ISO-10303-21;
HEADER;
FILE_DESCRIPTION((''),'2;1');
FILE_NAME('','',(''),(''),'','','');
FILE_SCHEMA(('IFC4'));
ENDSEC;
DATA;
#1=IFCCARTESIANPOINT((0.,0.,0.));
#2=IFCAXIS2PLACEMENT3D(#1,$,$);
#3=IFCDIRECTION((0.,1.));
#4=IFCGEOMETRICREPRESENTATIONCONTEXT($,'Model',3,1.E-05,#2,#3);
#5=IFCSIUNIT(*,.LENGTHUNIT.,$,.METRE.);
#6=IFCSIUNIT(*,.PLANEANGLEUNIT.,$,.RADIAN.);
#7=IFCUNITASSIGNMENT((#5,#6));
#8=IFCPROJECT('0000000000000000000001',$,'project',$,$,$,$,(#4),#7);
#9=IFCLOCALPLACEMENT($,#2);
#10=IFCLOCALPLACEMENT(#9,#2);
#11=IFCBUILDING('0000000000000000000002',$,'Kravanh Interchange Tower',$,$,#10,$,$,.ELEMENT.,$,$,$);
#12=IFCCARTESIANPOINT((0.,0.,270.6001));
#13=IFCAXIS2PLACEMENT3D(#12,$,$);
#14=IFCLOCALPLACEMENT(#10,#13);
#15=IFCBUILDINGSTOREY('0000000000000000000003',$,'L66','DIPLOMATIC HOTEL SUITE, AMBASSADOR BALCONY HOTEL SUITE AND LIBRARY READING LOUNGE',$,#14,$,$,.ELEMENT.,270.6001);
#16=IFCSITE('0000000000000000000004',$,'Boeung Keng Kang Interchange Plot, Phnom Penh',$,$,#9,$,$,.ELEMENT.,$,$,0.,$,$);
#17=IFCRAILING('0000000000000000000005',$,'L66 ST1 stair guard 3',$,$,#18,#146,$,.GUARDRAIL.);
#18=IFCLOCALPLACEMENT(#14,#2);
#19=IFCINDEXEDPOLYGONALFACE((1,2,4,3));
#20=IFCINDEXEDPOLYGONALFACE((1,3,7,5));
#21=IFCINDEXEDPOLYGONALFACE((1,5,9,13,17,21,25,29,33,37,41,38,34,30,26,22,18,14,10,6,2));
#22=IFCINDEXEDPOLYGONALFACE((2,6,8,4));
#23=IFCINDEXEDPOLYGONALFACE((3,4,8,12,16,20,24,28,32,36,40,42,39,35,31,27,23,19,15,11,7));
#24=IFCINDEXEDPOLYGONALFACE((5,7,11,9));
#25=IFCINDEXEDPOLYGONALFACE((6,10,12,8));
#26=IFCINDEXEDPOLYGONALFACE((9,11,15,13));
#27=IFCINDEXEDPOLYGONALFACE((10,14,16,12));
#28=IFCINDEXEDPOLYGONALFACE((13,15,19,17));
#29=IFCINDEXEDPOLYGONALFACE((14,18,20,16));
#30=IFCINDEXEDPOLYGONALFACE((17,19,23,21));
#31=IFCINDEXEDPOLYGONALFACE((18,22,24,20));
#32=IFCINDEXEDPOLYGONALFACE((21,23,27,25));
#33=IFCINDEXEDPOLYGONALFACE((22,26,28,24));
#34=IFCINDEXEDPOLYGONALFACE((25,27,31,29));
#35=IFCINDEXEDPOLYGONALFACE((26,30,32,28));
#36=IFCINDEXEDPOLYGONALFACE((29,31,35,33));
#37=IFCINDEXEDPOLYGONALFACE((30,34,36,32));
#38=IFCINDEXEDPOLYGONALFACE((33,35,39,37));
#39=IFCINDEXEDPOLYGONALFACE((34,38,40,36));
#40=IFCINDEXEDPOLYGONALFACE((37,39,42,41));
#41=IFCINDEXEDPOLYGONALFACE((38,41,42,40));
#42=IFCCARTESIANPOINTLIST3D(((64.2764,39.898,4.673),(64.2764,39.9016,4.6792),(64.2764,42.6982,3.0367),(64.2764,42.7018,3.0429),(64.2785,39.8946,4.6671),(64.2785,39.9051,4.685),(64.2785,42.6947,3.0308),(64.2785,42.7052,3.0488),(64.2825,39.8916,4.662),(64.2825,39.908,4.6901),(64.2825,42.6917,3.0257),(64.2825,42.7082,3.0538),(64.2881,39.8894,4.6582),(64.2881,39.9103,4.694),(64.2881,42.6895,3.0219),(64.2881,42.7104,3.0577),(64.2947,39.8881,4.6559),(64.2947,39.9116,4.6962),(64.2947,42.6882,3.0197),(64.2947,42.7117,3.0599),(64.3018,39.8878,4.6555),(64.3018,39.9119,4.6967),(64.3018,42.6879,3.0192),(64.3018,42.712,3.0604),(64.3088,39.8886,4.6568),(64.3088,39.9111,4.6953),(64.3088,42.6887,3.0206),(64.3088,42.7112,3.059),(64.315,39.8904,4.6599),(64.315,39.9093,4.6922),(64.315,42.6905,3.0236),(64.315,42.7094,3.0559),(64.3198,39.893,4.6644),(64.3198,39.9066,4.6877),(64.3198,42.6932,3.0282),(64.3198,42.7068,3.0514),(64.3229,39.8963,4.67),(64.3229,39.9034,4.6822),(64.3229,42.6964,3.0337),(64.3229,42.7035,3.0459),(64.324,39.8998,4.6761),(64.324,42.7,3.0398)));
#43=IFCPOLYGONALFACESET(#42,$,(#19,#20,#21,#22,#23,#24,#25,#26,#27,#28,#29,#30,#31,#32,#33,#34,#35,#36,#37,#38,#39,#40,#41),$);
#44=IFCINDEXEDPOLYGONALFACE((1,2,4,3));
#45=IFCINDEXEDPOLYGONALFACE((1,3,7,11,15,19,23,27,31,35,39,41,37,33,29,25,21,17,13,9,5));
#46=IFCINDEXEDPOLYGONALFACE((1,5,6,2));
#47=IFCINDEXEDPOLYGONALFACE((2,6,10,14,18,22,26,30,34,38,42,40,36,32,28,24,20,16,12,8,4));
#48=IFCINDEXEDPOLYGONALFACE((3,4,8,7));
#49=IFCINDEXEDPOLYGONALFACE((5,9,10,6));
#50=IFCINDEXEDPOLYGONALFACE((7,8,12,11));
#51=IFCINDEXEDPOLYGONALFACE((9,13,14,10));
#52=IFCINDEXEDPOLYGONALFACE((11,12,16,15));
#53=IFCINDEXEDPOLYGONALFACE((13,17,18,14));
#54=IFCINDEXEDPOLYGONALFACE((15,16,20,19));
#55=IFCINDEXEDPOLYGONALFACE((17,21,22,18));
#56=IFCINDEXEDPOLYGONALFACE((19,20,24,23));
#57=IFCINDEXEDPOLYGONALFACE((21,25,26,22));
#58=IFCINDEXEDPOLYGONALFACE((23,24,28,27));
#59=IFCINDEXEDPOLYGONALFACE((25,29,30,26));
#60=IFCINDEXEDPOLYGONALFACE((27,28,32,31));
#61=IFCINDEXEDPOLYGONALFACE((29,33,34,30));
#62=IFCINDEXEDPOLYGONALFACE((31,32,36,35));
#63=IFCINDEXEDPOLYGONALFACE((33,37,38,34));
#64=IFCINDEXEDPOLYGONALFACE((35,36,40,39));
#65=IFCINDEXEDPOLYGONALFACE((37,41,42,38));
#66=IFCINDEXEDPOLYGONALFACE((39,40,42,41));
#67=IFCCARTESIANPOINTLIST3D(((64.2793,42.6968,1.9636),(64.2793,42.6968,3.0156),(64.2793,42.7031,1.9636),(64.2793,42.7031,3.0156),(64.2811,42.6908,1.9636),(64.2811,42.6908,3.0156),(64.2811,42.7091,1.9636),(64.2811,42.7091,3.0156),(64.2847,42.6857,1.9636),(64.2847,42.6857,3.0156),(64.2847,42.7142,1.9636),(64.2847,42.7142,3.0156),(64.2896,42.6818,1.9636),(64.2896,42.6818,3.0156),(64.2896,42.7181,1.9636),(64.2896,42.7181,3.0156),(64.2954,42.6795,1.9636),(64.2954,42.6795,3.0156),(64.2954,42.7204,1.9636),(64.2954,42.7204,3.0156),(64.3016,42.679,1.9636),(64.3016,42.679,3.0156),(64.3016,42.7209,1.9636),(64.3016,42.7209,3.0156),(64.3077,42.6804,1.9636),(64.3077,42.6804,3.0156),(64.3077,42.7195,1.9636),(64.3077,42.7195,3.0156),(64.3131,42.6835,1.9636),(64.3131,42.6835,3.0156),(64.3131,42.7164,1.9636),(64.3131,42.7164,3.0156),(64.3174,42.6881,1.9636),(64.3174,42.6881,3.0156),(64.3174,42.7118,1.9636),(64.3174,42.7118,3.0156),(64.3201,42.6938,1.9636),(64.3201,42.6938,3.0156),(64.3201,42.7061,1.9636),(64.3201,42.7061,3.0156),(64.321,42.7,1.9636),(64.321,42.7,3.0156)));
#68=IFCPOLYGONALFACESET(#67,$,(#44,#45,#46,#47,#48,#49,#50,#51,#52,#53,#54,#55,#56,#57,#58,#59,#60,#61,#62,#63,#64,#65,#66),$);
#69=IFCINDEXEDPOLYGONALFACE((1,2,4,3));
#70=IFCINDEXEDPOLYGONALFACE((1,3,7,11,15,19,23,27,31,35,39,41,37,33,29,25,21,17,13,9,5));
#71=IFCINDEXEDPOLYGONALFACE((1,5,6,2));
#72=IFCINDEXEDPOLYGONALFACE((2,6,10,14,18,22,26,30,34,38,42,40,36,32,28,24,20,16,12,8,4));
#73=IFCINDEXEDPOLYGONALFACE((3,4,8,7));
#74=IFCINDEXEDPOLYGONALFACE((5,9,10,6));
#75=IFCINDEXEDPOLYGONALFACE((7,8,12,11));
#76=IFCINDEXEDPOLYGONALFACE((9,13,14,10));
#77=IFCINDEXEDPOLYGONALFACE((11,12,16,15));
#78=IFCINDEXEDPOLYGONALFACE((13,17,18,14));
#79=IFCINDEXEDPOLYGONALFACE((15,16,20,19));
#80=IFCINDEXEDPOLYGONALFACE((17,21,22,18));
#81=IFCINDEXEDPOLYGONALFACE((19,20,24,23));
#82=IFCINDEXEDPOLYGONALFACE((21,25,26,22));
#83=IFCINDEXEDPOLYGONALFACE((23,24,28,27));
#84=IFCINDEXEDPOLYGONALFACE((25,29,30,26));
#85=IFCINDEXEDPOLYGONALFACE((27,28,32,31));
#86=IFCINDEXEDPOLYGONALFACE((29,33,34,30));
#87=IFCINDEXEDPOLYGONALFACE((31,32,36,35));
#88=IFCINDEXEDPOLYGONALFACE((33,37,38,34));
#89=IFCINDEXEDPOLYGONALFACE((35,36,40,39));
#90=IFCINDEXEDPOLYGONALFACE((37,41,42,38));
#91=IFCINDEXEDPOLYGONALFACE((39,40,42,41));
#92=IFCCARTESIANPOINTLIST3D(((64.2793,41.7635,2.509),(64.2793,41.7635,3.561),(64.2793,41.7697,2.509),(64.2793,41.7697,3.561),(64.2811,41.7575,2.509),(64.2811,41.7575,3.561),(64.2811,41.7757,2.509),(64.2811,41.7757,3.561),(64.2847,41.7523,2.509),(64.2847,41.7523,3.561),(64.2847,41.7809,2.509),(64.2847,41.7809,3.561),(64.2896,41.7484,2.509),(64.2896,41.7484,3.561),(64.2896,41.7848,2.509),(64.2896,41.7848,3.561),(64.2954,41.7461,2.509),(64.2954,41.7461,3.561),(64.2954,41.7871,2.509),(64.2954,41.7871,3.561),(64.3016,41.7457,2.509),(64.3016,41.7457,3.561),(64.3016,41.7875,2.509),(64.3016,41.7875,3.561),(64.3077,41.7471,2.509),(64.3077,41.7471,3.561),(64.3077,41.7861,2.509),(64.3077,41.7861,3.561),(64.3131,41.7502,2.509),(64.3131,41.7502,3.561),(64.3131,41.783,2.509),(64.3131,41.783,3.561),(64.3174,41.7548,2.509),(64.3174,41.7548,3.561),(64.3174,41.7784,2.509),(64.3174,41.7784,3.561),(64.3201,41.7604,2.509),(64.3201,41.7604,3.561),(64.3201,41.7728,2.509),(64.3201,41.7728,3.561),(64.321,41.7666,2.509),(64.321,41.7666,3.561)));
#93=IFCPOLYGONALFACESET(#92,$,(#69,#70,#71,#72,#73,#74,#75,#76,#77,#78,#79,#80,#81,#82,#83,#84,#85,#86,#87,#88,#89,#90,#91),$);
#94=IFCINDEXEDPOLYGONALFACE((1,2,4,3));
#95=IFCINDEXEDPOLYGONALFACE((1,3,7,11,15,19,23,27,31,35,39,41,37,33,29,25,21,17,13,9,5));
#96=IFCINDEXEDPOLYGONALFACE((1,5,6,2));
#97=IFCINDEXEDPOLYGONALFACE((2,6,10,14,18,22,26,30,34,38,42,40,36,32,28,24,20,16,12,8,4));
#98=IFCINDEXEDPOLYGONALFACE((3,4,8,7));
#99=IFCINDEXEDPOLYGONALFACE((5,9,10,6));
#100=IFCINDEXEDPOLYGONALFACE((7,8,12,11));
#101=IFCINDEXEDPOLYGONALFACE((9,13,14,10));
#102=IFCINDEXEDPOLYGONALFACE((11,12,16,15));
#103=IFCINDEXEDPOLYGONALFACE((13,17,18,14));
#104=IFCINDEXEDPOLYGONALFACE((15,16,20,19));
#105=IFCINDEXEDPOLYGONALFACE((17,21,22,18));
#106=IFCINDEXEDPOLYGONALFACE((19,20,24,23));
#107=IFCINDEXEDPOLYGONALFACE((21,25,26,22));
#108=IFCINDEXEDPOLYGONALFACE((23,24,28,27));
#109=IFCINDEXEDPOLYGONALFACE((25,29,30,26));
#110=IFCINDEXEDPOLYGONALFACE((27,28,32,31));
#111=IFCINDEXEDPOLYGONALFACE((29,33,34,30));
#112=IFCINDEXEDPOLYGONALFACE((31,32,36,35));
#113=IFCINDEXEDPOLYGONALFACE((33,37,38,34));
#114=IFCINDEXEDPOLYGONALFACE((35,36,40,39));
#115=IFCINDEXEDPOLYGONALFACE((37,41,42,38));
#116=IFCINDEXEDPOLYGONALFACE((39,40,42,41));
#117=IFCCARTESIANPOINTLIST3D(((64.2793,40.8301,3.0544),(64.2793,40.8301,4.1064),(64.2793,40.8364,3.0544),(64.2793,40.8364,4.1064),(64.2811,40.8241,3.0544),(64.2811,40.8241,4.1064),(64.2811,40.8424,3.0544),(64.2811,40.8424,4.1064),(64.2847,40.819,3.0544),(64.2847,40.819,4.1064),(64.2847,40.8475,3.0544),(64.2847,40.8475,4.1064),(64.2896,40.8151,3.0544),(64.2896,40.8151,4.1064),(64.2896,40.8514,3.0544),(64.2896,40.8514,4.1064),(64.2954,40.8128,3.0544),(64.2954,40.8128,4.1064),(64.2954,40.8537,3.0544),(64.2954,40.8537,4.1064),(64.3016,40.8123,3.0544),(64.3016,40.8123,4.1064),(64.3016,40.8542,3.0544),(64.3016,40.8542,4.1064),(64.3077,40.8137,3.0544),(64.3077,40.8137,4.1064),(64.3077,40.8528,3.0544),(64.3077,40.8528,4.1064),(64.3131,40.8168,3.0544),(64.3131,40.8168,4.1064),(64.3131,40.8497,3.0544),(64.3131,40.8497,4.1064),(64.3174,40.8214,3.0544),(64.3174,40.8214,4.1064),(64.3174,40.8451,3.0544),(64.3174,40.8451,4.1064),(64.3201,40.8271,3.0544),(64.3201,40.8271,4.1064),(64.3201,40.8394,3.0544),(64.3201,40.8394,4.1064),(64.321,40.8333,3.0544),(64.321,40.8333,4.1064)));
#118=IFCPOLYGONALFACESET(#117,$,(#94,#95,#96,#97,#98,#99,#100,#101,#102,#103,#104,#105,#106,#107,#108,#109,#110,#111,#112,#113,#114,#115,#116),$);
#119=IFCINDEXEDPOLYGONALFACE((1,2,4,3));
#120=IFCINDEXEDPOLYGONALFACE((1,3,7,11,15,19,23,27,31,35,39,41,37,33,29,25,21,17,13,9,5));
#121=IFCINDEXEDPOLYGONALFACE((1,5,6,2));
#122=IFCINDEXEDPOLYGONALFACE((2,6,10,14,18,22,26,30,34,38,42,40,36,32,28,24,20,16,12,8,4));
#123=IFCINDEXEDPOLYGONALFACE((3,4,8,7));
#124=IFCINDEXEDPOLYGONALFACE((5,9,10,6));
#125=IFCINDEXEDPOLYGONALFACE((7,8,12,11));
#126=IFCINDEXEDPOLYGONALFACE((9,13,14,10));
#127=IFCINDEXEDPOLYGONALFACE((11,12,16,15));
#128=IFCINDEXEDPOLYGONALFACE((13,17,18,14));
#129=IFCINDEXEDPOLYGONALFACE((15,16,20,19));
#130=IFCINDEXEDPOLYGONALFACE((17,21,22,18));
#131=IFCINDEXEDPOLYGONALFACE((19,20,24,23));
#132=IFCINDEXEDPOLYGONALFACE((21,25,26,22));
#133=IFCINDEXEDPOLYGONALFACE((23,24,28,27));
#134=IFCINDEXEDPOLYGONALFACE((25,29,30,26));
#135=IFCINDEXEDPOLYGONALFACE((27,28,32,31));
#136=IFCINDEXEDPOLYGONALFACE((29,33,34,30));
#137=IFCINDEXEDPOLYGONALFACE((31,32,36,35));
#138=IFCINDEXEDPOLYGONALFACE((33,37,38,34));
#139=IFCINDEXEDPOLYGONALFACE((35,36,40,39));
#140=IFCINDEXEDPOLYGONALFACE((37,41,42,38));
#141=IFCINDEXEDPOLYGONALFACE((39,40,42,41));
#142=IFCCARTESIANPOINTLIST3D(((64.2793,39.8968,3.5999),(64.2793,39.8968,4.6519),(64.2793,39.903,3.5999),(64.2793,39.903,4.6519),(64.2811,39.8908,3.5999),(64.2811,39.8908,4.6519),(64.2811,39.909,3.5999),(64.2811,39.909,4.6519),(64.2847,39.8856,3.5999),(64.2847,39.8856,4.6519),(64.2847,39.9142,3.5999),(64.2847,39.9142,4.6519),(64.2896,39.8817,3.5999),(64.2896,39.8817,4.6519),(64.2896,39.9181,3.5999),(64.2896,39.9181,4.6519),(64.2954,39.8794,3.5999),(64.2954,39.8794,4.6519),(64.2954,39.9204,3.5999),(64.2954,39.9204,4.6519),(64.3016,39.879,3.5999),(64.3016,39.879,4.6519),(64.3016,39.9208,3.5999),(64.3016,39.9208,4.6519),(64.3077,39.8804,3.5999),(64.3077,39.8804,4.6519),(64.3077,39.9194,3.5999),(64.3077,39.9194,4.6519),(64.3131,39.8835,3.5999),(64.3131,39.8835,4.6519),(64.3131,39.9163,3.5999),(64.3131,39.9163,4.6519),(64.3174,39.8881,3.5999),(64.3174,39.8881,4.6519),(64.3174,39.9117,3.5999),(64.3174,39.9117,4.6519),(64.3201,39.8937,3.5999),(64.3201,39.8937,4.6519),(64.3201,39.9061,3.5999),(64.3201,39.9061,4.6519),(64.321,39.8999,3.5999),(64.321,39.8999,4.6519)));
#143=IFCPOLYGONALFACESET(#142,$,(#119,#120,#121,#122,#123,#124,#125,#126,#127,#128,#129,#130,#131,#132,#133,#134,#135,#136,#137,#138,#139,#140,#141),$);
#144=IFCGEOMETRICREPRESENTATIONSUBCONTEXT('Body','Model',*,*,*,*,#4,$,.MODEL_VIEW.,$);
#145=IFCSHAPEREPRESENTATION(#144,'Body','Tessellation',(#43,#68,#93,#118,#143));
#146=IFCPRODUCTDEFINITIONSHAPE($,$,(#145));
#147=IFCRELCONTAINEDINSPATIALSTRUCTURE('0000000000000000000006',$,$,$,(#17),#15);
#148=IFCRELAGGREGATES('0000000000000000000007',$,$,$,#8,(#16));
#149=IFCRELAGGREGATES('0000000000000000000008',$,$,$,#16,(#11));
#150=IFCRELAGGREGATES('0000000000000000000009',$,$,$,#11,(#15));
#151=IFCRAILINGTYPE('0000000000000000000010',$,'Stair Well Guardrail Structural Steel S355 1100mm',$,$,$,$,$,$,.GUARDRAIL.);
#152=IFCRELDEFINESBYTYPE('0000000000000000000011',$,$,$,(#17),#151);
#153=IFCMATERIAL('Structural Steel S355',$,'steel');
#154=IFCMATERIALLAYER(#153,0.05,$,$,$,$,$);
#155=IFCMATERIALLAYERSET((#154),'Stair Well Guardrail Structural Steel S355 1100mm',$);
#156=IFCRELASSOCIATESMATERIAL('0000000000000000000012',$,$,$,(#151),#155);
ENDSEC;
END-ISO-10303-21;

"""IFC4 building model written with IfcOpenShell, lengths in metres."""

from ifc_helpers import new_model, si_unit, direction, frame, origin, origin_2d, place, context, subcontext, project, spatial, circle, extrude, material, layer, layer_set, type_object, element, save


model = new_model("IFC4")

# Units and contexts
model_context = context("Model", 3, precision=1e-05, world=origin(), true_north=direction((0.0, 1.0)))
body_context = subcontext(model_context, "Body", "Model", "MODEL_VIEW")
ifc_project = project(units=[si_unit("LENGTHUNIT", "METRE"), si_unit("PLANEANGLEUNIT", "RADIAN")], contexts=[model_context])

# Site, building, storey
site_placement = place(None, origin())
site = spatial("IfcSite", under=ifc_project, at=site_placement, Name="Boeung Keng Kang Interchange Plot, Phnom Penh", CompositionType="ELEMENT", RefElevation=0.0)
building_placement = place(site_placement, origin())
building = spatial("IfcBuilding", under=site, at=building_placement, Name="Kravanh Interchange Tower", CompositionType="ELEMENT")
storey_placement = place(building_placement, frame((0.0, 0.0, 270.6001)))
storey = spatial("IfcBuildingStorey", under=building, at=storey_placement, Name="L66", Description="DIPLOMATIC HOTEL SUITE, AMBASSADOR BALCONY HOTEL SUITE AND LIBRARY READING LOUNGE", CompositionType="ELEMENT", Elevation=270.6001)

# Railing
ifc_material_1 = material(Name="Structural Steel S355", Category="steel")
ifc_layer_1 = layer(ifc_material_1, 0.05)
ifc_layer_set_1 = layer_set([ifc_layer_1], Name="Stair Well Guardrail Structural Steel S355 1100mm")
railing_type_1 = type_object("IfcRailingType", Name="Stair Well Guardrail Structural Steel S355 1100mm", PredefinedType="GUARDRAIL", material=ifc_layer_set_1)
railing_1_placement = place(storey_placement, frame((64.3, 42.7, 1.9636)))
element("IfcRailing", 1, at=railing_1_placement, inside=storey, type_object=railing_type_1, Name="L66 ST1 stair guard 3", PredefinedType="GUARDRAIL", context=body_context, shape_type="SweptSolid", body=[
    extrude(circle(Radius=0.0239, at=origin_2d()), frame((0.0, 0.0, 1.0762), z_axis=(0.0, -0.863394, 0.504531), x_axis=(1.0, 0.0, 0.0)), (0.0, 0.0, 1.0), 3.2432),
    extrude(circle(Radius=0.021, at=origin_2d()), origin(), (0.0, 0.0, 1.0), 1.052),
    extrude(circle(Radius=0.021, at=origin_2d()), frame((0.0, -0.9333, 0.5454)), (0.0, 0.0, 1.0), 1.052),
    extrude(circle(Radius=0.021, at=origin_2d()), frame((0.0, -1.8667, 1.0908)), (0.0, 0.0, 1.0), 1.052),
    extrude(circle(Radius=0.021, at=origin_2d()), frame((0.0, -2.8, 1.6362)), (0.0, 0.0, 1.0), 1.052),
])

save(model, "model.ifc")
